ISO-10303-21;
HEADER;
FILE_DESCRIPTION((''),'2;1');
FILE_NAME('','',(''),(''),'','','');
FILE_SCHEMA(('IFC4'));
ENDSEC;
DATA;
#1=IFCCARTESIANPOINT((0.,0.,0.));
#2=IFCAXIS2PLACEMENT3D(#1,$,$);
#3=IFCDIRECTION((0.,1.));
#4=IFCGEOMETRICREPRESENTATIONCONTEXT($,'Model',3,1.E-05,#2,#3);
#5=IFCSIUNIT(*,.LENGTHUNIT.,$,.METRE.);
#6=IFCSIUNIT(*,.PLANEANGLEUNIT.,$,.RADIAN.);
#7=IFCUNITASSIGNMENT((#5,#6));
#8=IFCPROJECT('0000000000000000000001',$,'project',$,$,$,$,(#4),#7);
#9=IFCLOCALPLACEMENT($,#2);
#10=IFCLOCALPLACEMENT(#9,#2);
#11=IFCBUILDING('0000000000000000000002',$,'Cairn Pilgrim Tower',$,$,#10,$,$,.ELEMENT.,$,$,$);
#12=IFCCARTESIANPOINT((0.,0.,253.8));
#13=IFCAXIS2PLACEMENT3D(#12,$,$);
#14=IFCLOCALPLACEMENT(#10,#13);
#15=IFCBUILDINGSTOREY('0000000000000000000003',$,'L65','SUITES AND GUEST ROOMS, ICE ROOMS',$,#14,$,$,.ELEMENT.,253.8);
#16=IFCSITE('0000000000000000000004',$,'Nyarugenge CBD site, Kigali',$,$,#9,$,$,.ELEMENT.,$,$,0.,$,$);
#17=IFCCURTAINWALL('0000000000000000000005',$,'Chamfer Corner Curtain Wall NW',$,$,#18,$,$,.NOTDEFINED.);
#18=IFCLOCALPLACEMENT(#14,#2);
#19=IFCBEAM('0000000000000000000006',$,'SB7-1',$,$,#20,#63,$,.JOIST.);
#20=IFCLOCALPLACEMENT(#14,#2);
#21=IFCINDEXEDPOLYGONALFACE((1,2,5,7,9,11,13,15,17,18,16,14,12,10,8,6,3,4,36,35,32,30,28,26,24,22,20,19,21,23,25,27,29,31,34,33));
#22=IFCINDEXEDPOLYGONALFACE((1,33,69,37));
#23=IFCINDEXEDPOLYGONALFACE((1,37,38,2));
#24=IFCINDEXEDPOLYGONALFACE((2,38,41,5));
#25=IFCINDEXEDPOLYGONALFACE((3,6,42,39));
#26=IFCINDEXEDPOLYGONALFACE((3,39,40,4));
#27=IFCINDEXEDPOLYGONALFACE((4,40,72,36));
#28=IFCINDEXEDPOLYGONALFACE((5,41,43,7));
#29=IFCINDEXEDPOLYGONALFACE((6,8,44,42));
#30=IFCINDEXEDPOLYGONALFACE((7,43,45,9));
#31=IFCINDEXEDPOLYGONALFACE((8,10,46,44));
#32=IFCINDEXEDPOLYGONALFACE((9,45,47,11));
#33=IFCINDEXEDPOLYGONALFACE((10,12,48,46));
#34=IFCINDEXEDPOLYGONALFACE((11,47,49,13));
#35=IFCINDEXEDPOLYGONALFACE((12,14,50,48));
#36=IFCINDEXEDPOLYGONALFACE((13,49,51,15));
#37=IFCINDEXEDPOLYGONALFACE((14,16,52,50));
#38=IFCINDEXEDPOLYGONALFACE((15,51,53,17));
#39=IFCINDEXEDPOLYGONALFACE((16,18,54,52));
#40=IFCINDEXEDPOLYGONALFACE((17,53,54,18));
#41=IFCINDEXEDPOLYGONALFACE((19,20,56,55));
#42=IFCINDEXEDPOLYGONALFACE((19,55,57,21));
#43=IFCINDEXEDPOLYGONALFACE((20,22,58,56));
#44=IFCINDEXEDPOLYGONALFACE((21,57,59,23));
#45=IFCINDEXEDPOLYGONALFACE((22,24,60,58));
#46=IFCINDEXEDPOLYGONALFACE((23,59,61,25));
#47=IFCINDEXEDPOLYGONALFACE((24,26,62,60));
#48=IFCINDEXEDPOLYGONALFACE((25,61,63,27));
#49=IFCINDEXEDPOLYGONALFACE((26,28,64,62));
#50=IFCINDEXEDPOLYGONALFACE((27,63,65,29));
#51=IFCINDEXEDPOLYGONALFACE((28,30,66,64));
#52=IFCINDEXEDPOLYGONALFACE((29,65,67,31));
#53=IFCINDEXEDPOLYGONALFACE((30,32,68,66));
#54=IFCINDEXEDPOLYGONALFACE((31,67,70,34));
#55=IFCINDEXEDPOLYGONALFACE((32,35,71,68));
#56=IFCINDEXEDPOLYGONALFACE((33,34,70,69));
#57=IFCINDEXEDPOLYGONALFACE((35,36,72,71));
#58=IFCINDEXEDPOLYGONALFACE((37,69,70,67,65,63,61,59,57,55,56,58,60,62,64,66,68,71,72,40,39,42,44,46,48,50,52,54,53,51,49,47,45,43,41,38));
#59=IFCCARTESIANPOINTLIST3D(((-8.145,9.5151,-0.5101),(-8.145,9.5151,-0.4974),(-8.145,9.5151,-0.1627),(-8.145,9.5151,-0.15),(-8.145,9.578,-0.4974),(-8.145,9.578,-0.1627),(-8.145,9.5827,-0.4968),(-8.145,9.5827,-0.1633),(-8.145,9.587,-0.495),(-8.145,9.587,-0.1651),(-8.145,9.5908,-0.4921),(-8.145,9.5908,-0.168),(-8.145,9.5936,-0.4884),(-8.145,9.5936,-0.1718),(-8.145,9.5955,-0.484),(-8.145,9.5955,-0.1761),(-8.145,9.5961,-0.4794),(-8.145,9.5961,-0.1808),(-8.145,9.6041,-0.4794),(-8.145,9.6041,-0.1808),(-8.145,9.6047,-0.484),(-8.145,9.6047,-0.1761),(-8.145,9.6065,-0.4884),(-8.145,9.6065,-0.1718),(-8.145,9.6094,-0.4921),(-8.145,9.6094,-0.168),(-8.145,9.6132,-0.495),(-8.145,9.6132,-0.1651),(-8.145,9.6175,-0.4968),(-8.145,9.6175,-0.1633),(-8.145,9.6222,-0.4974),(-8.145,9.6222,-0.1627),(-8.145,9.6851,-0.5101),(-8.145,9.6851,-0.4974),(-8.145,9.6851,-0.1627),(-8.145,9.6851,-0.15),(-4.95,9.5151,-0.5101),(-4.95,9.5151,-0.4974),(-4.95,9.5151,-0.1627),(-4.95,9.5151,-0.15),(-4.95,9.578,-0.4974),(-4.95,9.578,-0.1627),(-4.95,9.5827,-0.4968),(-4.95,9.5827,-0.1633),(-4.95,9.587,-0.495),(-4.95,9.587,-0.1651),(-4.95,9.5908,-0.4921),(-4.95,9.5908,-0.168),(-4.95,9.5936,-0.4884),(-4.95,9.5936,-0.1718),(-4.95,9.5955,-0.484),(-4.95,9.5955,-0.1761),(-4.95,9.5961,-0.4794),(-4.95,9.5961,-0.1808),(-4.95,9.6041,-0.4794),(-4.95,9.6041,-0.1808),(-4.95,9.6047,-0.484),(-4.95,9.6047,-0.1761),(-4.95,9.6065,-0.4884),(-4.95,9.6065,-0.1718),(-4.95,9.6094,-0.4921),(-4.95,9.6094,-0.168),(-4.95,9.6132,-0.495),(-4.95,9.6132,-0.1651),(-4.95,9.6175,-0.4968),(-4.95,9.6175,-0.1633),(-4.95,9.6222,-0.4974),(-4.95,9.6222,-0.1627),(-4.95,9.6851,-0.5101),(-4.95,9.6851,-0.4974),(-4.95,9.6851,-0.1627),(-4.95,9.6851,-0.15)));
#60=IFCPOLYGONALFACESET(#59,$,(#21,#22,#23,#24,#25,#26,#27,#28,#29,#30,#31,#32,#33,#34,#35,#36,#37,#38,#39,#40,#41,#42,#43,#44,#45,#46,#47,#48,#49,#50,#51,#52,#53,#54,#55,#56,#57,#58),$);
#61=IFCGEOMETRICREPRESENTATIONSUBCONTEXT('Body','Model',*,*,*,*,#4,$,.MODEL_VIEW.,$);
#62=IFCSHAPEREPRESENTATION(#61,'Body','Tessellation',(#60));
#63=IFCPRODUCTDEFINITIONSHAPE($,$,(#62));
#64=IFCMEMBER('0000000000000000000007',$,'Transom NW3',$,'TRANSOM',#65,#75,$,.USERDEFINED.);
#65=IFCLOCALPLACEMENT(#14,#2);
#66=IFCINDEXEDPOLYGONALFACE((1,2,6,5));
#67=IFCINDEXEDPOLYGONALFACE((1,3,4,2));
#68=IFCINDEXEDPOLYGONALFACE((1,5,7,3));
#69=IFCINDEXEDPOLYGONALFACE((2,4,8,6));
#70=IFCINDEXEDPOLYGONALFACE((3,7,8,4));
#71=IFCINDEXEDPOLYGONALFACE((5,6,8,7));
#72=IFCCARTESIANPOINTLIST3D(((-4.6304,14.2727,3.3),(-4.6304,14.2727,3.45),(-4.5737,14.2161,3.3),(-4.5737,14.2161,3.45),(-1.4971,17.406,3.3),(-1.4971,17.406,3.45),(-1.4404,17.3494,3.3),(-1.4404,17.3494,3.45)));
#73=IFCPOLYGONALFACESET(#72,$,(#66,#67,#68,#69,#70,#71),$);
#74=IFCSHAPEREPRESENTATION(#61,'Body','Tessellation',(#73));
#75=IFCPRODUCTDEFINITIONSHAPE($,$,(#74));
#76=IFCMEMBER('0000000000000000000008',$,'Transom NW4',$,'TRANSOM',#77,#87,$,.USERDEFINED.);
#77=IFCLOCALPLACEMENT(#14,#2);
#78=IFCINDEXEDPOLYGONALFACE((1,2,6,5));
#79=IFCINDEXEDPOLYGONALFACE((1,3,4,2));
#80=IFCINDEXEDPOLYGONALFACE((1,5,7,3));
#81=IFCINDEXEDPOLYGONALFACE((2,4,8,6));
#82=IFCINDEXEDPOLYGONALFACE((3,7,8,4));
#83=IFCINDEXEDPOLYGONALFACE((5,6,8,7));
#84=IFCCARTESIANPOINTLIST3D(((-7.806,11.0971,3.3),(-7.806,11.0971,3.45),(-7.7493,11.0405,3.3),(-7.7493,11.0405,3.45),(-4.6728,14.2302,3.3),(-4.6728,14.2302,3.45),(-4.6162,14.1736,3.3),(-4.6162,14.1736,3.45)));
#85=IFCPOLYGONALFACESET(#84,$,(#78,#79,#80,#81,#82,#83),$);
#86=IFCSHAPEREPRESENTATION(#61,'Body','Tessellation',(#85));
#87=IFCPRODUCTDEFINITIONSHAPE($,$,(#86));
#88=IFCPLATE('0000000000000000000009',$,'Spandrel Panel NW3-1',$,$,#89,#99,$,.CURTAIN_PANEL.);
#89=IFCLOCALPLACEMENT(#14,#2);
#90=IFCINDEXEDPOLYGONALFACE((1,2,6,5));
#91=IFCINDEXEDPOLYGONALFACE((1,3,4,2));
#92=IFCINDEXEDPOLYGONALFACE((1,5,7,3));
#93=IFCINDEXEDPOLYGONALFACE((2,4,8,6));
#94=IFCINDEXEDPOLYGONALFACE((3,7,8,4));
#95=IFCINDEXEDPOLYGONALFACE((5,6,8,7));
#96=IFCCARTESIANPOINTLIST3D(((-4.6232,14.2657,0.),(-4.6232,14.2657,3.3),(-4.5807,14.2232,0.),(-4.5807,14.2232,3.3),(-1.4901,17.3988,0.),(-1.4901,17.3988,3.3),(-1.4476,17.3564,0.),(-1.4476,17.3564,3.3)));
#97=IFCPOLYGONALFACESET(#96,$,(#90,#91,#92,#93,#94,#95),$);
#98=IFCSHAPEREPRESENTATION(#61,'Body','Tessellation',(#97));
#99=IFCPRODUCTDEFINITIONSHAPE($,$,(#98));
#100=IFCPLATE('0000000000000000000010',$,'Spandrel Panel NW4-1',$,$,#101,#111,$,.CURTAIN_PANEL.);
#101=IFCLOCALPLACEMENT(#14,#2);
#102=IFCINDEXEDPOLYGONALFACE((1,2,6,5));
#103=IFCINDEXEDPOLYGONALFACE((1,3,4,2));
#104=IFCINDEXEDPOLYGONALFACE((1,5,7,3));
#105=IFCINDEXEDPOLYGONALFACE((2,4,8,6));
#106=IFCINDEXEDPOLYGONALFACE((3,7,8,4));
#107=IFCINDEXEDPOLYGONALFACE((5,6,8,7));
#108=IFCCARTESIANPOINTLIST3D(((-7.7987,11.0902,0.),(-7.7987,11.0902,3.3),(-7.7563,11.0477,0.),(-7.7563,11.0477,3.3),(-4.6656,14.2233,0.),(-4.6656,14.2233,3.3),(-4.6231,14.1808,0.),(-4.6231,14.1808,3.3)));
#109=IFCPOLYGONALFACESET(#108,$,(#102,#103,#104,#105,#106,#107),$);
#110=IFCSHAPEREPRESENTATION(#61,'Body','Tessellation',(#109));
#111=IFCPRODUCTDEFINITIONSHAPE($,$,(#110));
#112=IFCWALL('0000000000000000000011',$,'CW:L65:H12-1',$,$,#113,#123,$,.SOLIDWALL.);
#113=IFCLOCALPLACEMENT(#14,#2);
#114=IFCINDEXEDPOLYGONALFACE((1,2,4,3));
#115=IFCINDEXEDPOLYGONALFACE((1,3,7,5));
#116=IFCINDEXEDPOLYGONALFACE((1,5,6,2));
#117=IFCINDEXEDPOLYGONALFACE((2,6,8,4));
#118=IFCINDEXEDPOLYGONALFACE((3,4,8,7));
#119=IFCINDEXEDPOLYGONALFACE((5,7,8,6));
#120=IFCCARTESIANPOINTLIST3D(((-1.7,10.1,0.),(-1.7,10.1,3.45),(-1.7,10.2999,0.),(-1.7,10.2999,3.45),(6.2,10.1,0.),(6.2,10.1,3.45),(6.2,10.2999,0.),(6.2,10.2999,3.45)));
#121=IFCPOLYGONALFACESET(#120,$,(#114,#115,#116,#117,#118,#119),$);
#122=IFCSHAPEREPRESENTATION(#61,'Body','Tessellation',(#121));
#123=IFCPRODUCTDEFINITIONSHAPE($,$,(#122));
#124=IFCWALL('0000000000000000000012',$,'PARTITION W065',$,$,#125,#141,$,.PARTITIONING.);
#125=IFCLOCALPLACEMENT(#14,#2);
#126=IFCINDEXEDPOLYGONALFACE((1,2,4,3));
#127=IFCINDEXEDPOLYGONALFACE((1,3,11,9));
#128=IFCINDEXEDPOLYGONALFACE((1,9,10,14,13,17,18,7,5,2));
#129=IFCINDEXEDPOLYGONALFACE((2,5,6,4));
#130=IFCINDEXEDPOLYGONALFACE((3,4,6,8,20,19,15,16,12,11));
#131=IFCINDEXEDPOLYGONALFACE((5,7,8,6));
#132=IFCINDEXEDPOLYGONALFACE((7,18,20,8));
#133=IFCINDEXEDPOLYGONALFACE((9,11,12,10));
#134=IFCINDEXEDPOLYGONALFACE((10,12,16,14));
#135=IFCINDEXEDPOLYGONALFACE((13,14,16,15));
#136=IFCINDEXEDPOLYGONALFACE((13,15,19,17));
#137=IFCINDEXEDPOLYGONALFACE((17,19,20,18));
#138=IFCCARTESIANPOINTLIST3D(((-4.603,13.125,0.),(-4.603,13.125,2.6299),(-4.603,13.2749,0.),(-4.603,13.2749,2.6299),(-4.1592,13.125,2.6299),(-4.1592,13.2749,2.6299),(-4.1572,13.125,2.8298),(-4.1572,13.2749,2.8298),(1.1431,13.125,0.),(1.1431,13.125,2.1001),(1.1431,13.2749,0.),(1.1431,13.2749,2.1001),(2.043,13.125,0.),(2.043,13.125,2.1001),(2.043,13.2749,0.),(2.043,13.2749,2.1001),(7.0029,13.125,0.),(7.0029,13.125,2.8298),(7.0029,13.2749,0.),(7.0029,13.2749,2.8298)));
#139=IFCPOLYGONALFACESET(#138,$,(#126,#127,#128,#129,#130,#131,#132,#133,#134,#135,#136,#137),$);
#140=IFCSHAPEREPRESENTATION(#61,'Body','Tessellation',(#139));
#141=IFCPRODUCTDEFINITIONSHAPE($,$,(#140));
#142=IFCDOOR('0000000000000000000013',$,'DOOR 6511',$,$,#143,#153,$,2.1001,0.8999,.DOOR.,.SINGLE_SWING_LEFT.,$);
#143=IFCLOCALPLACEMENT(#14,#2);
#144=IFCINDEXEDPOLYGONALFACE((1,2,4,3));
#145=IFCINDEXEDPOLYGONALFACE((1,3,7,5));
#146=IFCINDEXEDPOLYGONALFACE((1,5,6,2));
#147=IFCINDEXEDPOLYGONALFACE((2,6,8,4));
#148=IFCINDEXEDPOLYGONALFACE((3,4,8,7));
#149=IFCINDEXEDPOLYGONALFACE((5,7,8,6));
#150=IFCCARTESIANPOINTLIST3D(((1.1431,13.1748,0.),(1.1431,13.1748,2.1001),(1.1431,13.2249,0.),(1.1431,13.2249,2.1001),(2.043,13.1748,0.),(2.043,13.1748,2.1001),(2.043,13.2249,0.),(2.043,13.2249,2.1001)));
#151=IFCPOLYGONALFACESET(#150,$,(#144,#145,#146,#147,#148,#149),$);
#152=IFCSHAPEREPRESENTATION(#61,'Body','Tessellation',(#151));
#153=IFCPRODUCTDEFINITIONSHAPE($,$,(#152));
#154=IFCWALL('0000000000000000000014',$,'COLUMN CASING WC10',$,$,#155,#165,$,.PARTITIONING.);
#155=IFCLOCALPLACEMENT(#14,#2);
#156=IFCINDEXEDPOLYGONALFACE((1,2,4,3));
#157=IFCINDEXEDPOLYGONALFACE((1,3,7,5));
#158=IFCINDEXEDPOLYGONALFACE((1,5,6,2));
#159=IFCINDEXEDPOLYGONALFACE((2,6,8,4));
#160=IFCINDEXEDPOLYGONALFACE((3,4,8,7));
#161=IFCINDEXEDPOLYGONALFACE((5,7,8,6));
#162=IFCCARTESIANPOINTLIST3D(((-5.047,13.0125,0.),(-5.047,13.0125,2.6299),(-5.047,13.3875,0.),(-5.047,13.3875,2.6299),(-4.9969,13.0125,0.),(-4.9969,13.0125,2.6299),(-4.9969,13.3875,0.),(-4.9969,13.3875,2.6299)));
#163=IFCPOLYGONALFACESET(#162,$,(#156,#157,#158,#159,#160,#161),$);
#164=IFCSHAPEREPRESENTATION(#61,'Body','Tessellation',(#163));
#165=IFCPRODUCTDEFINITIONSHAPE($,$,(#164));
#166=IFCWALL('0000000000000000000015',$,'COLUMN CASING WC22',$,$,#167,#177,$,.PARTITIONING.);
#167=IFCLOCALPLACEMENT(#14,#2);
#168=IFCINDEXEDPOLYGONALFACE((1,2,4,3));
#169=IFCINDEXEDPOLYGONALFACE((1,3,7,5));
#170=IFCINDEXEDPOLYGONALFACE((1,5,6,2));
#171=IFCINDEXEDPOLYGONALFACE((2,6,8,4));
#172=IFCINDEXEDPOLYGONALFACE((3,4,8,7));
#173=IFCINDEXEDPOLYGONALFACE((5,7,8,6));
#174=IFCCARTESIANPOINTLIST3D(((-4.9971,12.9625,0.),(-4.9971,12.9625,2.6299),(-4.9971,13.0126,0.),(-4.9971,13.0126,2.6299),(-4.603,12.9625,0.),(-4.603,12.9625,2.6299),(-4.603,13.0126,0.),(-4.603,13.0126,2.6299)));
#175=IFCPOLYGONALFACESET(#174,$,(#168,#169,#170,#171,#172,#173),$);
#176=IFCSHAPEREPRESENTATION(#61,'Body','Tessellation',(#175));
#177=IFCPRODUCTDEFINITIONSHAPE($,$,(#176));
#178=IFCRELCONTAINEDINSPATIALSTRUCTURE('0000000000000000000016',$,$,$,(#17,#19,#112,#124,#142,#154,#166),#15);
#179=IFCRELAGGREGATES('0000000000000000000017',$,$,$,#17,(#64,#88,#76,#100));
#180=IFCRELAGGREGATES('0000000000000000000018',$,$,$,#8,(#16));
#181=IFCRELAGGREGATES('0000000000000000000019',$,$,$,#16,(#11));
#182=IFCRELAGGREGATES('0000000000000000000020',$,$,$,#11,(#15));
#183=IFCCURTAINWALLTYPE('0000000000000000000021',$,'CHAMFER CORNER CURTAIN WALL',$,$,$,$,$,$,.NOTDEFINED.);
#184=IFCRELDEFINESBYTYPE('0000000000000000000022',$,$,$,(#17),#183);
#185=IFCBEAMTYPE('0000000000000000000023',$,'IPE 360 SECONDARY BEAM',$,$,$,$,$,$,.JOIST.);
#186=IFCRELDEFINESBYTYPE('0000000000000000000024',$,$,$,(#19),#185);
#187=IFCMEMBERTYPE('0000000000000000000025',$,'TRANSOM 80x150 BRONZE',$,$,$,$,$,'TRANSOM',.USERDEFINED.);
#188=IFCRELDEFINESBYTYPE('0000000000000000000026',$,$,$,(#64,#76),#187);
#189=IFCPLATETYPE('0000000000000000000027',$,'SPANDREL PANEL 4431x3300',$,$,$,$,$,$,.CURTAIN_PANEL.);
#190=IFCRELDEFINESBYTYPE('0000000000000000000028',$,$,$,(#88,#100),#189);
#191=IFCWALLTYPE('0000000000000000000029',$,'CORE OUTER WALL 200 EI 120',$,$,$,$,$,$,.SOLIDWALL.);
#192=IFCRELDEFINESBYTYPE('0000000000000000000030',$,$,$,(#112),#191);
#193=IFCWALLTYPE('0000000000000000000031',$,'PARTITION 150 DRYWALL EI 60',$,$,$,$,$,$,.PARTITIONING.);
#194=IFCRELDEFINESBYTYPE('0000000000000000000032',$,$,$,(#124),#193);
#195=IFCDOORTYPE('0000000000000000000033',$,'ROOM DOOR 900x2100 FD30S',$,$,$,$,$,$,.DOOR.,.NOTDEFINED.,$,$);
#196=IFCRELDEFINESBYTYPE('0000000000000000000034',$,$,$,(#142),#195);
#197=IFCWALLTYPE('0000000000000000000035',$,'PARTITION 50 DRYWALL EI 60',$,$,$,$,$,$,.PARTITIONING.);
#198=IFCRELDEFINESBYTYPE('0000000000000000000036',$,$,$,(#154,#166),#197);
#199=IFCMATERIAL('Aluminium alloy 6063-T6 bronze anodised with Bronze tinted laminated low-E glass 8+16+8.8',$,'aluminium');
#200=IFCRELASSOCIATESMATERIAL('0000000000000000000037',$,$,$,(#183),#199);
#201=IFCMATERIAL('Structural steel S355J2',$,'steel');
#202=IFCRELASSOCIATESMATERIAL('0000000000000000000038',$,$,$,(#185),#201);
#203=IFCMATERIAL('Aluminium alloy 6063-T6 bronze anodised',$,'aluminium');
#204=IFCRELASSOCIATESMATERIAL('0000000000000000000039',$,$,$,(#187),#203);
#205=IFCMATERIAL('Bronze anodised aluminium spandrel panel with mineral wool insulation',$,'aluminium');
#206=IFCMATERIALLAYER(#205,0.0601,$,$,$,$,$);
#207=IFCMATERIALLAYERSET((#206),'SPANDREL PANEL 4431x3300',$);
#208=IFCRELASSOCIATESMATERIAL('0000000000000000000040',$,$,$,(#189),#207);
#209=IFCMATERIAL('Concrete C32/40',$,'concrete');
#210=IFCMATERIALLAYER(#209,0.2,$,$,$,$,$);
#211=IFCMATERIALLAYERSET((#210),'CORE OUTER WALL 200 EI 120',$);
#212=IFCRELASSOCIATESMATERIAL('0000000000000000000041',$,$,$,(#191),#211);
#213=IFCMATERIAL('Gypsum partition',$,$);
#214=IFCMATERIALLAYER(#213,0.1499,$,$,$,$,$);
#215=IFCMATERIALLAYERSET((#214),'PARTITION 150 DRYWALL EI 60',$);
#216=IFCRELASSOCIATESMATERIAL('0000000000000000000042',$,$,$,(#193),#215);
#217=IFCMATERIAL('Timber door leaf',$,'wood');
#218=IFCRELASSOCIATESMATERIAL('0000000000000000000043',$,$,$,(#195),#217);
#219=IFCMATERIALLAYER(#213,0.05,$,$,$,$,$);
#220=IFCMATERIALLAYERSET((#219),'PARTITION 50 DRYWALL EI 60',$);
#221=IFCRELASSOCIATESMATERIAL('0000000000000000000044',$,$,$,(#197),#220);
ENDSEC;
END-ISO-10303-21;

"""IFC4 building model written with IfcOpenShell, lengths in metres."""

from ifc_helpers import new_model, si_unit, direction, frame, frame_2d, origin, origin_2d, place, context, subcontext, project, spatial, polyline, rectangle, i_section, outline, extrude, material, layer, layer_set, material_profile, profile_set, type_object, element, fill, aggregate, save


model = new_model("IFC4")

# Units and contexts
model_context = context("Model", 3, precision=1e-05, world=origin(), true_north=direction((0.0, 1.0)))
body_context = subcontext(model_context, "Body", "Model", "MODEL_VIEW")
ifc_project = project(units=[si_unit("LENGTHUNIT", "METRE"), si_unit("PLANEANGLEUNIT", "RADIAN")], contexts=[model_context])

# Site, building, storey
site_placement = place(None, origin())
site = spatial("IfcSite", under=ifc_project, at=site_placement, Name="Nyarugenge CBD site, Kigali", CompositionType="ELEMENT", RefElevation=0.0)
building_placement = place(site_placement, origin())
building = spatial("IfcBuilding", under=site, at=building_placement, Name="Cairn Pilgrim Tower", CompositionType="ELEMENT")
storey_placement = place(building_placement, frame((0.0, 0.0, 253.8)))
storey = spatial("IfcBuildingStorey", under=building, at=storey_placement, Name="L65", Description="SUITES AND GUEST ROOMS, ICE ROOMS", CompositionType="ELEMENT", Elevation=253.8)

# Shared definitions
ifc_material_1 = material(Name="Structural steel S355J2", Category="steel")

# Curtain wall
ifc_material_2 = material(Name="Aluminium alloy 6063-T6 bronze anodised with Bronze tinted laminated low-E glass 8+16+8.8", Category="aluminium")
curtain_wall_type = type_object("IfcCurtainWallType", Name="CHAMFER CORNER CURTAIN WALL", PredefinedType="NOTDEFINED", material=ifc_material_2)
curtain_wall_placement = place(storey_placement, origin())
curtain_wall = element("IfcCurtainWall", 1, at=curtain_wall_placement, inside=storey, type_object=curtain_wall_type, Name="Chamfer Corner Curtain Wall NW", PredefinedType="NOTDEFINED")
ifc_material_3 = material(Name="Aluminium alloy 6063-T6 bronze anodised", Category="aluminium")

# Beam
ifc_material_profile_1 = material_profile(ifc_material_1, i_section(OverallWidth=0.1699, OverallDepth=0.3601, WebThickness=0.0081, FlangeThickness=0.0127, FilletRadius=0.0181, at=origin_2d()), Name="IPE 360")
ifc_profile_set_1 = profile_set([ifc_material_profile_1], Name="Structural steel S355J2")
beam_type_1 = type_object("IfcBeamType", Name="IPE 360 SECONDARY BEAM", PredefinedType="JOIST", material=ifc_profile_set_1)
beam_1_placement = place(storey_placement, frame((-8.145, 9.6001, -0.3301), z_axis=(1.0, 0.0, 0.0), x_axis=(0.0, 1.0, 0.0)))
element("IfcBeam", 2, at=beam_1_placement, inside=storey, type_object=beam_type_1, Name="SB7-1", PredefinedType="JOIST", context=body_context, shape_type="SweptSolid", body=[
    extrude(i_section(OverallWidth=0.1699, OverallDepth=0.3601, WebThickness=0.0081, FlangeThickness=0.0127, FilletRadius=0.0181, at=origin_2d()), origin(), (0.0, 0.0, 1.0), 3.1951),
])

# Members
ifc_material_profile_2 = material_profile(ifc_material_3, rectangle(XDim=0.0801, YDim=0.1499, at=origin_2d()), Name="TRANSOM 80x150 BRONZE")
ifc_profile_set_2 = profile_set([ifc_material_profile_2], Name="Aluminium alloy 6063-T6 bronze anodised")
member_type_1 = type_object("IfcMemberType", Name="TRANSOM 80x150 BRONZE", ElementType="TRANSOM", PredefinedType="USERDEFINED", material=ifc_profile_set_2)
member_1_placement = place(storey_placement, frame((-1.4688, 17.3777, 3.375), z_axis=(-0.707107, -0.707107, 0.0), x_axis=(0.707107, -0.707107, 0.0)))
member_1 = element("IfcMember", 3, at=member_1_placement, type_object=member_type_1, Name="Transom NW3", ObjectType="TRANSOM", PredefinedType="USERDEFINED", context=body_context, shape_type="SweptSolid", body=[
    extrude(rectangle(XDim=0.0801, YDim=0.1499, at=origin_2d()), origin(), (0.0, 0.0, 1.0), 4.4312),
])
member_2_placement = place(storey_placement, frame((-4.6445, 14.2019, 3.375), z_axis=(-0.707107, -0.707107, 0.0), x_axis=(0.707107, -0.707107, 0.0)))
member_2 = element("IfcMember", 4, at=member_2_placement, type_object=member_type_1, Name="Transom NW4", ObjectType="TRANSOM", PredefinedType="USERDEFINED", context=body_context, shape_type="SweptSolid", body=[
    extrude(rectangle(XDim=0.0801, YDim=0.1499, at=origin_2d()), origin(), (0.0, 0.0, 1.0), 4.4309),
])

# Plates
ifc_material_4 = material(Name="Bronze anodised aluminium spandrel panel with mineral wool insulation", Category="aluminium")
ifc_layer_1 = layer(ifc_material_4, 0.0601)
ifc_layer_set_1 = layer_set([ifc_layer_1], Name="SPANDREL PANEL 4431x3300")
plate_type = type_object("IfcPlateType", Name="SPANDREL PANEL 4431x3300", PredefinedType="CURTAIN_PANEL", material=ifc_layer_set_1)
plate_1_placement = place(storey_placement, frame((-3.0354, 15.811, 0.0), z_axis=(0.0, 0.0, 1.0), x_axis=(-0.707107, -0.707107, 0.0)))
plate_1 = element("IfcPlate", 5, at=plate_1_placement, type_object=plate_type, Name="Spandrel Panel NW3-1", PredefinedType="CURTAIN_PANEL", context=body_context, shape_type="SweptSolid", body=[
    extrude(rectangle(XDim=4.4309, YDim=0.0601, at=origin_2d()), origin(), (0.0, 0.0, 1.0), 3.3),
])
plate_2_placement = place(storey_placement, frame((-6.2109, 12.6355, 0.0), z_axis=(0.0, 0.0, 1.0), x_axis=(-0.707107, -0.707107, 0.0)))
plate_2 = element("IfcPlate", 6, at=plate_2_placement, type_object=plate_type, Name="Spandrel Panel NW4-1", PredefinedType="CURTAIN_PANEL", context=body_context, shape_type="SweptSolid", body=[
    extrude(rectangle(XDim=4.4309, YDim=0.0601, at=origin_2d()), origin(), (0.0, 0.0, 1.0), 3.3),
])
aggregate(curtain_wall, [member_1, plate_1, member_2, plate_2])

# Wall
ifc_material_5 = material(Name="Concrete C32/40", Category="concrete")
ifc_layer_2 = layer(ifc_material_5, 0.2)
ifc_layer_set_2 = layer_set([ifc_layer_2], Name="CORE OUTER WALL 200 EI 120")
wall_type_1 = type_object("IfcWallType", Name="CORE OUTER WALL 200 EI 120", PredefinedType="SOLIDWALL", material=ifc_layer_set_2)
wall_1_placement = place(storey_placement, frame((-1.7, 10.2, 0.0), z_axis=(0.0, 0.0, 1.0), x_axis=(1.0, 0.0, 0.0)))
element("IfcWall", 7, at=wall_1_placement, inside=storey, type_object=wall_type_1, Name="CW:L65:H12-1", PredefinedType="SOLIDWALL", context=body_context, shape_type="SweptSolid", body=[
    extrude(rectangle(XDim=7.8999, YDim=0.2, at=frame_2d((3.95, 0.0))), origin(), (0.0, 0.0, 1.0), 3.45),
])

# Wall, opening, door
ifc_material_6 = material(Name="Gypsum partition")
ifc_layer_3 = layer(ifc_material_6, 0.1499)
ifc_layer_set_3 = layer_set([ifc_layer_3], Name="PARTITION 150 DRYWALL EI 60")
wall_type_2 = type_object("IfcWallType", Name="PARTITION 150 DRYWALL EI 60", PredefinedType="PARTITIONING", material=ifc_layer_set_3)
wall_2_placement = place(storey_placement, frame((-4.603, 13.2, 0.0), z_axis=(0.0, 0.0, 1.0), x_axis=(1.0, 0.0, 0.0)))
wall_2 = element("IfcWall", 8, at=wall_2_placement, inside=storey, type_object=wall_type_2, Name="PARTITION W065", PredefinedType="PARTITIONING", context=body_context, shape_type="SweptSolid", body=[
    extrude(outline(polyline([(0.0, 0.0), (11.606, 0.0), (11.606, 2.8298), (0.4458, 2.8298), (0.4438, 2.6299), (0.0, 2.6299), (0.0, 0.0)])), frame((0.0, 0.075, 0.0), z_axis=(0.0, -1.0, 0.0), x_axis=(1.0, 0.0, 0.0)), (0.0, 0.0, 1.0), 0.1499),
])
opening_1_placement = place(wall_2_placement, frame((5.7461, 0.0, 0.0)))
opening_1 = element("IfcOpeningElement", 9, at=opening_1_placement, cuts=wall_2, PredefinedType="OPENING", context=body_context, shape_type="SweptSolid", body=[
    extrude(rectangle(XDim=0.8999, YDim=2.1001, at=frame_2d((0.45, 1.05))), frame((0.0, 0.085, 0.0), z_axis=(0.0, -1.0, 0.0), x_axis=(1.0, 0.0, 0.0)), (0.0, 0.0, 1.0), 0.1699),
])
ifc_material_7 = material(Name="Timber door leaf", Category="wood")
door_type_1 = type_object("IfcDoorType", Name="ROOM DOOR 900x2100 FD30S", OperationType="NOTDEFINED", PredefinedType="DOOR", material=ifc_material_7)
door_1_placement = place(opening_1_placement, origin())
door_1 = element("IfcDoor", 10, at=door_1_placement, inside=storey, type_object=door_type_1, Name="DOOR 6511", OperationType="SINGLE_SWING_LEFT", OverallHeight=2.1001, OverallWidth=0.8999, PredefinedType="DOOR", context=body_context, shape_type="SweptSolid", body=[
    extrude(rectangle(XDim=0.8999, YDim=2.1001, at=frame_2d((0.45, 1.05))), frame((0.0, 0.0249, 0.0), z_axis=(0.0, -1.0, 0.0), x_axis=(1.0, 0.0, 0.0)), (0.0, 0.0, 1.0), 0.05),
])
fill(opening_1, door_1)

# Walls
ifc_layer_4 = layer(ifc_material_6, 0.05)
ifc_layer_set_4 = layer_set([ifc_layer_4], Name="PARTITION 50 DRYWALL EI 60")
wall_type_3 = type_object("IfcWallType", Name="PARTITION 50 DRYWALL EI 60", PredefinedType="PARTITIONING", material=ifc_layer_set_4)
wall_3_placement = place(storey_placement, frame((-5.022, 13.0125, 0.0), z_axis=(0.0, 0.0, 1.0), x_axis=(0.0, 1.0, 0.0)))
element("IfcWall", 11, at=wall_3_placement, inside=storey, type_object=wall_type_3, Name="COLUMN CASING WC10", PredefinedType="PARTITIONING", context=body_context, shape_type="SweptSolid", body=[
    extrude(rectangle(XDim=0.375, YDim=0.05, at=frame_2d((0.1875, 0.0))), origin(), (0.0, 0.0, 1.0), 2.6299),
])
wall_4_placement = place(storey_placement, frame((-4.9971, 12.9875, 0.0), z_axis=(0.0, 0.0, 1.0), x_axis=(1.0, 0.0, 0.0)))
element("IfcWall", 12, at=wall_4_placement, inside=storey, type_object=wall_type_3, Name="COLUMN CASING WC22", PredefinedType="PARTITIONING", context=body_context, shape_type="SweptSolid", body=[
    extrude(rectangle(XDim=0.394, YDim=0.05, at=frame_2d((0.197, 0.0))), origin(), (0.0, 0.0, 1.0), 2.6299),
])

save(model, "model.ifc")
